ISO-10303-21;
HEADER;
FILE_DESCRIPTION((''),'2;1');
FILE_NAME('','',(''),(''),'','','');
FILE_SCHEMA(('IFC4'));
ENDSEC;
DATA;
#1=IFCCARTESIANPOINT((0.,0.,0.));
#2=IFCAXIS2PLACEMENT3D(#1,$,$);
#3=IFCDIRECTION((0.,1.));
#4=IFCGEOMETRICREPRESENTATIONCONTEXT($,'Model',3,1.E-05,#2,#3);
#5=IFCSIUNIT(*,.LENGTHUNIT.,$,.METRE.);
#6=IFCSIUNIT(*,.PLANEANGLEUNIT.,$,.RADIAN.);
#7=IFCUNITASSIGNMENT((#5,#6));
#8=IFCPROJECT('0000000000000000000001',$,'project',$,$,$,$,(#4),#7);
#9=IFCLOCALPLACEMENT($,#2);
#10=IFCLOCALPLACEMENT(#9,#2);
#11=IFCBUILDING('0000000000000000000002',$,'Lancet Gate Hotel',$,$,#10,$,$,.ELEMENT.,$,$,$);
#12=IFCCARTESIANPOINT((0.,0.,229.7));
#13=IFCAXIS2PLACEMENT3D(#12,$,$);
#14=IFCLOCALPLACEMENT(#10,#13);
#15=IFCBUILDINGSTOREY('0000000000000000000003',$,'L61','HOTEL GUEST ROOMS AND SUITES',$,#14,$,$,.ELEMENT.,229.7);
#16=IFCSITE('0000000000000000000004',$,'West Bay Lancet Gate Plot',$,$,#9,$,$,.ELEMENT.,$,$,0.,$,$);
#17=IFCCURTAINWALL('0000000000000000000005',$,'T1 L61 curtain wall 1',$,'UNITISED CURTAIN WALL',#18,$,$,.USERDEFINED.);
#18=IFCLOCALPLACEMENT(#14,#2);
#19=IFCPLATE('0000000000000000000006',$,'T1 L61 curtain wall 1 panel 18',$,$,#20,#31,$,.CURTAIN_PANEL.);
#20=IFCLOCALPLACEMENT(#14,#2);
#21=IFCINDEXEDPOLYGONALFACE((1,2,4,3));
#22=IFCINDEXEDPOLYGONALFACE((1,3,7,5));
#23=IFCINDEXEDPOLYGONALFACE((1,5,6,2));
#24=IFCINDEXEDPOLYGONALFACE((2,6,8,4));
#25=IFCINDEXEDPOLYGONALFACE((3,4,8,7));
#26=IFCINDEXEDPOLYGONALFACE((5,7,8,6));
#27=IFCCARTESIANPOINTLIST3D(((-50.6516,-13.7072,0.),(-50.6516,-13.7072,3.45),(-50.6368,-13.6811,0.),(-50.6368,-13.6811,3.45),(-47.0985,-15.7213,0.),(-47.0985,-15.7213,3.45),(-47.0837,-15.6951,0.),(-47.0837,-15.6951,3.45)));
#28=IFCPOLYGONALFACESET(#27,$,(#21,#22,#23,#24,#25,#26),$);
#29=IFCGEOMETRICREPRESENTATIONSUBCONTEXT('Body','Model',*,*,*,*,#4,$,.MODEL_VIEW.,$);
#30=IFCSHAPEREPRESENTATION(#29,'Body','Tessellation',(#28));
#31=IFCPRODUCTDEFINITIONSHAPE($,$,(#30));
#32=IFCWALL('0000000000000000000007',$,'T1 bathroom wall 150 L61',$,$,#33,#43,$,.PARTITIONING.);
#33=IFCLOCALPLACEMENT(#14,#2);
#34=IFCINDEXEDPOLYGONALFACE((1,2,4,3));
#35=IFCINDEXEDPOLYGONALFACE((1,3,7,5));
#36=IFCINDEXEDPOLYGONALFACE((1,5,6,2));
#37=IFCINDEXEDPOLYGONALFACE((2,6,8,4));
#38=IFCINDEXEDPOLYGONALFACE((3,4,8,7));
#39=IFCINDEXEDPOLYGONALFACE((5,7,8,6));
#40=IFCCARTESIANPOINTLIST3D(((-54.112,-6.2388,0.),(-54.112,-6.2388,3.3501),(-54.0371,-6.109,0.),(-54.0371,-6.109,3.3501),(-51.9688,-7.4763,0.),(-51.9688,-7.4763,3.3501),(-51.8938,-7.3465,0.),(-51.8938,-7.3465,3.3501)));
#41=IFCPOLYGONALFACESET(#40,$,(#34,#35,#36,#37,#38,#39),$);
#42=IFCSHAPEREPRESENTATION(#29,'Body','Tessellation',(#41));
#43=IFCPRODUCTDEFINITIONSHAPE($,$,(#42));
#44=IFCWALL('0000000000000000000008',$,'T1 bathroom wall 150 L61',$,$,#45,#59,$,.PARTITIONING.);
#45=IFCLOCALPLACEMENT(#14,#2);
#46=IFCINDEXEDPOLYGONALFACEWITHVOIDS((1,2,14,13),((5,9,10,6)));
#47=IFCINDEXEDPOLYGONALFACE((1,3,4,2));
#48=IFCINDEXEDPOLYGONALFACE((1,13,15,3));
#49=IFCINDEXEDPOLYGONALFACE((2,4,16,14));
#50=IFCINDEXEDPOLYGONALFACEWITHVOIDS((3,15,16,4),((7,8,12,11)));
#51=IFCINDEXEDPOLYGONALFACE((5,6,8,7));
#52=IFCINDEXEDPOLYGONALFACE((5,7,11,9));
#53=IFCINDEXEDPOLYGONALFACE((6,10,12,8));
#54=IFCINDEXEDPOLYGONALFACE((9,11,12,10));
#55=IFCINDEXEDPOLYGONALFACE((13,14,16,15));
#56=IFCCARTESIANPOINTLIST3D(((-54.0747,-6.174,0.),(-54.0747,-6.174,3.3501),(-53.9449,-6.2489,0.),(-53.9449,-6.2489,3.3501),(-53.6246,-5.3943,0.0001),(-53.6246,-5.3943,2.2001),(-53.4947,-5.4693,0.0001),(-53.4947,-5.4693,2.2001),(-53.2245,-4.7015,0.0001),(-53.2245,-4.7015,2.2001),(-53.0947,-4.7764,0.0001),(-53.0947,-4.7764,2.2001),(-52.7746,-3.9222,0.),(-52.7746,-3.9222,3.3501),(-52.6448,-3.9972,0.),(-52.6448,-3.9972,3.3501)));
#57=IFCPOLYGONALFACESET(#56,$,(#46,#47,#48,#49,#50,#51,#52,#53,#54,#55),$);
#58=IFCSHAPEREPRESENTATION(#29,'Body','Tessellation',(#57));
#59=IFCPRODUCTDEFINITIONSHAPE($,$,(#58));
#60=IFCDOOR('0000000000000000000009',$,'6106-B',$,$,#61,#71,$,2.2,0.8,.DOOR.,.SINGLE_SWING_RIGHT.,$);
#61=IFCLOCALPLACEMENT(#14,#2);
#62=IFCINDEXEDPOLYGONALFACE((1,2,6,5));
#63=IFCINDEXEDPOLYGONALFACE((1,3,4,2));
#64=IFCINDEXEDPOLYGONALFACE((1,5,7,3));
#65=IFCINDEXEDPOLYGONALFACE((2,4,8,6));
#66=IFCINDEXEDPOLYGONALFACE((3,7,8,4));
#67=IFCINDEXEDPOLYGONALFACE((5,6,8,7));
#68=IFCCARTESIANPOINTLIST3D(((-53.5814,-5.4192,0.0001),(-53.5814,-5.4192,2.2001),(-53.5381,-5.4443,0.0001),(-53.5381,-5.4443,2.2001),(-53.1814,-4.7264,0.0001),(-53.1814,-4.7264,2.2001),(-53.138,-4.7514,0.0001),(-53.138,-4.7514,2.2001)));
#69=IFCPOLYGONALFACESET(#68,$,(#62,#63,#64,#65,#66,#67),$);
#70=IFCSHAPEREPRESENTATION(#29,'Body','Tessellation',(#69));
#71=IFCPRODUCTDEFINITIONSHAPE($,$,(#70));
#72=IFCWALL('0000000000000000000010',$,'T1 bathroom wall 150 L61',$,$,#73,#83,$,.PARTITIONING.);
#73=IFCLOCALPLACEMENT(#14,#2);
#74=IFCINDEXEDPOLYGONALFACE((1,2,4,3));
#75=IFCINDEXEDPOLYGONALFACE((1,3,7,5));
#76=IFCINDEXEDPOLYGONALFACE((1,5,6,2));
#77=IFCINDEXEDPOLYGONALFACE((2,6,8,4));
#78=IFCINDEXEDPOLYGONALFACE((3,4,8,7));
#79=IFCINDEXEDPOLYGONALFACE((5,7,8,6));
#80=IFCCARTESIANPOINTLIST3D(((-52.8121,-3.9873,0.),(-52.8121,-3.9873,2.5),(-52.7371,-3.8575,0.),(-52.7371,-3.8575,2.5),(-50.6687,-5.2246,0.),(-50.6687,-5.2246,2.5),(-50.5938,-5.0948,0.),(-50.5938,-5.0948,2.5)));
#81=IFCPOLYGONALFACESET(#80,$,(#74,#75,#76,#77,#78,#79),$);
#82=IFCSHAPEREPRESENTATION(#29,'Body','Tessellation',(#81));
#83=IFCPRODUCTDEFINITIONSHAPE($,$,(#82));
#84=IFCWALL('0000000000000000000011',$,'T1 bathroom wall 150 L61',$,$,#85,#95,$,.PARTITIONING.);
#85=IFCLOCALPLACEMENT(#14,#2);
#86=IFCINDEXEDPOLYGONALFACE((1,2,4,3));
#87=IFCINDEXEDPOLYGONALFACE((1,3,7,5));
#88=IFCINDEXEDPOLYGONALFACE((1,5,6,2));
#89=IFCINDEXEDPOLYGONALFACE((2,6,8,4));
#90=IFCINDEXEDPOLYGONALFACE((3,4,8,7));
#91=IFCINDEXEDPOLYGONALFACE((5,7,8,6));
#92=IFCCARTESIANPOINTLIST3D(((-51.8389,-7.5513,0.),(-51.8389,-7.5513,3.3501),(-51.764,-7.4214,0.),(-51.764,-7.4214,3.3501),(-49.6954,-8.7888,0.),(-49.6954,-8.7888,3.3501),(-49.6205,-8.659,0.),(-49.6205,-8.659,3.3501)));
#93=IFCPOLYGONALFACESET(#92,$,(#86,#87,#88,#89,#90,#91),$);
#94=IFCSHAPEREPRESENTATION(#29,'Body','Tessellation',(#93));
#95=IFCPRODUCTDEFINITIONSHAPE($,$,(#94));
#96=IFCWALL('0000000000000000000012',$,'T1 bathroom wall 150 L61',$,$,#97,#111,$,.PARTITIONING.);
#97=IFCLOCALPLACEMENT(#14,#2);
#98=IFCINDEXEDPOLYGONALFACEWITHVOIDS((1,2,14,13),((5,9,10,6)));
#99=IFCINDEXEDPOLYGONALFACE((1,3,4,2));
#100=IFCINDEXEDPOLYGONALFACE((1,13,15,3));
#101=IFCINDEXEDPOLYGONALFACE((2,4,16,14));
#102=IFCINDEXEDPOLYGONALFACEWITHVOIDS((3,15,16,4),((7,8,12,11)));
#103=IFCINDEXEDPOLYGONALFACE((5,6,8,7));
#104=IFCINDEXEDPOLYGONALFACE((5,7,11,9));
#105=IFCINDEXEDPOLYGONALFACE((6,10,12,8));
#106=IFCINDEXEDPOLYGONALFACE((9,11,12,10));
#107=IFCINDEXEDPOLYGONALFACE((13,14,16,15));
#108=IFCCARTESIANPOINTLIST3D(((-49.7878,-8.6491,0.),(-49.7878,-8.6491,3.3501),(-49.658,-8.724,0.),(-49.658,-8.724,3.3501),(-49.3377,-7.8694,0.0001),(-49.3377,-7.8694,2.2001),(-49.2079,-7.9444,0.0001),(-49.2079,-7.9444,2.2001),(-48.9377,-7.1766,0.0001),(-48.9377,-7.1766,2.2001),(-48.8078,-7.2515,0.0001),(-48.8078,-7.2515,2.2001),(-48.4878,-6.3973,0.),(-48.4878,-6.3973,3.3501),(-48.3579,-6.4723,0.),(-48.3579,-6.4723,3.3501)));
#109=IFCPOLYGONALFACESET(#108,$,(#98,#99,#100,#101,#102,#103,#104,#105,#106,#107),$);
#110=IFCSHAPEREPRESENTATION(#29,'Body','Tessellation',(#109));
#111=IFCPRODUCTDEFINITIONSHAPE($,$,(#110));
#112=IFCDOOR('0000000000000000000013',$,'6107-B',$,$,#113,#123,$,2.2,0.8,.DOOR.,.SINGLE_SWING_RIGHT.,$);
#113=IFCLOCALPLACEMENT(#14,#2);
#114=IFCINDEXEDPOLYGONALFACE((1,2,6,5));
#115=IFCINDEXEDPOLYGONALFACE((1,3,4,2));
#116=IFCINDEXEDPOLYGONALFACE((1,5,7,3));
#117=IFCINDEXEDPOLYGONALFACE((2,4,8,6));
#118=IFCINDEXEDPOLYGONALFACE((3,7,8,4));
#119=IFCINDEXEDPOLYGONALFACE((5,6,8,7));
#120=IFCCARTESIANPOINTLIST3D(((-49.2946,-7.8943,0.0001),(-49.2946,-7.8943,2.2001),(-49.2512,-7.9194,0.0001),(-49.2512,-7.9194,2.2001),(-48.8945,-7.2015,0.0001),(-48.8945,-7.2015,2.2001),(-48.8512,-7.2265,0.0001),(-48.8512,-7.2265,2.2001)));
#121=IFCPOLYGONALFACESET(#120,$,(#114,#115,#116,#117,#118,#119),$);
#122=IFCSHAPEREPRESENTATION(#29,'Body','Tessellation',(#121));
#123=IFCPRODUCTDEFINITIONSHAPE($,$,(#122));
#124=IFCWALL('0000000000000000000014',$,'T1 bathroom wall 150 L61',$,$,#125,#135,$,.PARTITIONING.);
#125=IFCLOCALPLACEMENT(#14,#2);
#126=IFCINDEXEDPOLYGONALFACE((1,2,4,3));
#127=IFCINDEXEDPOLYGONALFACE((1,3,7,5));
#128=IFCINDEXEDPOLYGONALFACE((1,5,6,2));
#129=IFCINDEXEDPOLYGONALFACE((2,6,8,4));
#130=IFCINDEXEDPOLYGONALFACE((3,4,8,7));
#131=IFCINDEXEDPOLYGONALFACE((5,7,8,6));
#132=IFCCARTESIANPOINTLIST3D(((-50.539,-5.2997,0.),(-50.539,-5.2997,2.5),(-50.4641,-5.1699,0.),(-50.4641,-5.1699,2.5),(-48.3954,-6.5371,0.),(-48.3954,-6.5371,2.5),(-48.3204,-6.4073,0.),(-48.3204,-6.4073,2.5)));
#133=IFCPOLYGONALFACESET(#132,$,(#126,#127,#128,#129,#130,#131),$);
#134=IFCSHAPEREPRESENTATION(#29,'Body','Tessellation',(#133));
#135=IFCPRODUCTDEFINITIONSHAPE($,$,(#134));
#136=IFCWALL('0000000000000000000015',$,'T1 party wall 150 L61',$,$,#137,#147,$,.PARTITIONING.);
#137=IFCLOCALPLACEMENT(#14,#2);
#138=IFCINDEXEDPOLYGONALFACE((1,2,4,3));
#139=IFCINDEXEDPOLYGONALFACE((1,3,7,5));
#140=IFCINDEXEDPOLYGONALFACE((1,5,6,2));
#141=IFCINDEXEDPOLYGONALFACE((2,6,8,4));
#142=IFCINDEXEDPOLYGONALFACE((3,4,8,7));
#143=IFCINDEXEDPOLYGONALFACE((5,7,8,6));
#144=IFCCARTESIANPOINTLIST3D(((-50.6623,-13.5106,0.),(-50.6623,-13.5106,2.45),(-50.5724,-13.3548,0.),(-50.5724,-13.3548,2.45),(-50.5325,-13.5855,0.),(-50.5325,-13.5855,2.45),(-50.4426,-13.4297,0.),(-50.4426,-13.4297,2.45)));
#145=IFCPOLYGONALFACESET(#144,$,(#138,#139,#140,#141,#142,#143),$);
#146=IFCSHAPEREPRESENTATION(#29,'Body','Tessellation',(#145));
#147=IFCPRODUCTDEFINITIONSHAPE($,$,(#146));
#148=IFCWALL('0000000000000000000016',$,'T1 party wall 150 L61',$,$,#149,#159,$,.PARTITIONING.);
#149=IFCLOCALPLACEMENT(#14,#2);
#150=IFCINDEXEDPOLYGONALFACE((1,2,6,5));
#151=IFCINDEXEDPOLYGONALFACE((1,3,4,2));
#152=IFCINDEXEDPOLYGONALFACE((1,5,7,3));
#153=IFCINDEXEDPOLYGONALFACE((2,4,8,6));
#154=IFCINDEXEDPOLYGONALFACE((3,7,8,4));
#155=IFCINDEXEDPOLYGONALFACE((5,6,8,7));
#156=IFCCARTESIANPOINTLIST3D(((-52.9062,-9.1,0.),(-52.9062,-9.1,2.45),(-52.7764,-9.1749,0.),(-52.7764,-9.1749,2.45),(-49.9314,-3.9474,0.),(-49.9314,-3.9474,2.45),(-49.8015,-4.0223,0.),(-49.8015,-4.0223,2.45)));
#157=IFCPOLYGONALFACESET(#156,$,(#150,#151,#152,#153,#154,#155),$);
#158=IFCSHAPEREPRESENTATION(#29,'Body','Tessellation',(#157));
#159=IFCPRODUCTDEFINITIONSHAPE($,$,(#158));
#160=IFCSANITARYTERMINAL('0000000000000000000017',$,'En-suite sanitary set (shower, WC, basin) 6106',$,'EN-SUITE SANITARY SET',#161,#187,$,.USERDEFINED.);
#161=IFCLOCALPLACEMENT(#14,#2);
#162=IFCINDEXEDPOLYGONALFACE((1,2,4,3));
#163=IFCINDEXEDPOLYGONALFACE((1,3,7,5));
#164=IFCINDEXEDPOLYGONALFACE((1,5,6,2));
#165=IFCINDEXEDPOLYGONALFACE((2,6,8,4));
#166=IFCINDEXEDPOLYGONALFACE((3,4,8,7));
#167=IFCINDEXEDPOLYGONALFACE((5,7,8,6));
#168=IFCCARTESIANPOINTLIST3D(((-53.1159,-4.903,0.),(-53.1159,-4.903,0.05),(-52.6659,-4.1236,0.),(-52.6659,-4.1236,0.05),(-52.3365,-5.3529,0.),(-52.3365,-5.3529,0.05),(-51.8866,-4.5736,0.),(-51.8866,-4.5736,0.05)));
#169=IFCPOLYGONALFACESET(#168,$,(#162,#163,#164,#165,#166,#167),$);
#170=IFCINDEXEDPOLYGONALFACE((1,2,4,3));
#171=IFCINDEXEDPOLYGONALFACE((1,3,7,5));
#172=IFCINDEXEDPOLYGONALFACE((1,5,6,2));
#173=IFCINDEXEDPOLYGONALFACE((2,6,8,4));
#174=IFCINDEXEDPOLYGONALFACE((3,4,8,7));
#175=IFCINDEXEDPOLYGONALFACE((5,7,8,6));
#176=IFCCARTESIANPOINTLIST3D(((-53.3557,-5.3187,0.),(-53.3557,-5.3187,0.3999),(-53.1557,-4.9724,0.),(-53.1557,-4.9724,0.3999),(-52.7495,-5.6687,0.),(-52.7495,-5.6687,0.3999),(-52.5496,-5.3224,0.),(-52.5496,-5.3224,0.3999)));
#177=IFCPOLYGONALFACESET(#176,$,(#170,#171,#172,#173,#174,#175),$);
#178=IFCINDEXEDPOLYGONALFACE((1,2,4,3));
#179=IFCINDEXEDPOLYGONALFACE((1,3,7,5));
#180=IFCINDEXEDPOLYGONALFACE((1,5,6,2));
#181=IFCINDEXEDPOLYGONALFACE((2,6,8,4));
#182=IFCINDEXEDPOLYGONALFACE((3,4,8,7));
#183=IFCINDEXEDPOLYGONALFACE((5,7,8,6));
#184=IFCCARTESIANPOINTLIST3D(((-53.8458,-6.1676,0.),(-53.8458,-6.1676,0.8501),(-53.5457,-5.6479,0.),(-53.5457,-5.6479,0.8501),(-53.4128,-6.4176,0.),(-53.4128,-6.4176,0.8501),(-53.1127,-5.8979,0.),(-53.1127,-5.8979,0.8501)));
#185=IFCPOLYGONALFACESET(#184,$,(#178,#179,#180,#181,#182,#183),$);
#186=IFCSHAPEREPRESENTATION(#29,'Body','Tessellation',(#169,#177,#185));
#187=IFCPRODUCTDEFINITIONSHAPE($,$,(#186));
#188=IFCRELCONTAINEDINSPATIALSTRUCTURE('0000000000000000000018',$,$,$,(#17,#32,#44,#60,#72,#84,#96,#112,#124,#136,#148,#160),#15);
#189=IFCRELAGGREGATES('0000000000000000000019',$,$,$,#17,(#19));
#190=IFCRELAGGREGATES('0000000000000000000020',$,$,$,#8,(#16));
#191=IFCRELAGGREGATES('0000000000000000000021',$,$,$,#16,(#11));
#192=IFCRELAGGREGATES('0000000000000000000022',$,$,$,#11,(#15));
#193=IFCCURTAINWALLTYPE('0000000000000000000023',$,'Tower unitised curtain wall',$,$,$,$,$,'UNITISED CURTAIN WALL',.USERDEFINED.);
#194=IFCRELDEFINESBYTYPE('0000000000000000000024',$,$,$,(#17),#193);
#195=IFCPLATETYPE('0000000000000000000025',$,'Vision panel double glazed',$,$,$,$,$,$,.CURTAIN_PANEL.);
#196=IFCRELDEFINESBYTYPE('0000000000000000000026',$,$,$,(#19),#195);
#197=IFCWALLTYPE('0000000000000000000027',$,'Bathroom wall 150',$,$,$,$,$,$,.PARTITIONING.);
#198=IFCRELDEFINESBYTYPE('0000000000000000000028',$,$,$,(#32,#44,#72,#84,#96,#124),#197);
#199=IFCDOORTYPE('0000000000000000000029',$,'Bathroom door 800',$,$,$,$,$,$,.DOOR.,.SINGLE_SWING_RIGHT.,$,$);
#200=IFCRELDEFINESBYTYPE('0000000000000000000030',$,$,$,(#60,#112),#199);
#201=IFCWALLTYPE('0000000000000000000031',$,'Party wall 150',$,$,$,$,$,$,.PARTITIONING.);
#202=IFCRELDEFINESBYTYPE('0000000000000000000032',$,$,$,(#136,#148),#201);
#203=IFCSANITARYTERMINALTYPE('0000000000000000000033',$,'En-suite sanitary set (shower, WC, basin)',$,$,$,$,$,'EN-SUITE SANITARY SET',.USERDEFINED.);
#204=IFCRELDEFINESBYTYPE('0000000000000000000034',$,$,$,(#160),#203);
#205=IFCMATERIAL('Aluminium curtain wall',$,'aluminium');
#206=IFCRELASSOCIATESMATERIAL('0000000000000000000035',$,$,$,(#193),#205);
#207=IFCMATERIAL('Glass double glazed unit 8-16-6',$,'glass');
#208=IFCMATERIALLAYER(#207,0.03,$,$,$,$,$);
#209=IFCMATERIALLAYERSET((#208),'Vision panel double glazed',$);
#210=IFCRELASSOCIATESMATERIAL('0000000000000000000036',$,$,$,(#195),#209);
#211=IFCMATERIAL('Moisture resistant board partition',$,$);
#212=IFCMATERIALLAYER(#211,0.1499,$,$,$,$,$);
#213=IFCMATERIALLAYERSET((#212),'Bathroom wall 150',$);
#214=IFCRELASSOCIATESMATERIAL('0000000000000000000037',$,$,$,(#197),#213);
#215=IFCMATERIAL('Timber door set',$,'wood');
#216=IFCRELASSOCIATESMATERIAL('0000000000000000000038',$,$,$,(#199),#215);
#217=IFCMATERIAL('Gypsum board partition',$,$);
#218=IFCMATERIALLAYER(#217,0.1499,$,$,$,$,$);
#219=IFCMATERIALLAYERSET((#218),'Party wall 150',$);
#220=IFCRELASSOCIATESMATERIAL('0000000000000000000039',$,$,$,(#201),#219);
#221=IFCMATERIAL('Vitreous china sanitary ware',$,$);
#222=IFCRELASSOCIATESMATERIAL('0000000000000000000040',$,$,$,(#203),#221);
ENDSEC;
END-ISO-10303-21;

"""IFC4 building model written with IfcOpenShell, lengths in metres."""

from ifc_helpers import new_model, si_unit, direction, frame, frame_2d, origin, origin_2d, place, context, subcontext, project, spatial, rectangle, extrude, material, layer, layer_set, type_object, element, fill, aggregate, save


model = new_model("IFC4")

# Units and contexts
model_context = context("Model", 3, precision=1e-05, world=origin(), true_north=direction((0.0, 1.0)))
body_context = subcontext(model_context, "Body", "Model", "MODEL_VIEW")
ifc_project = project(units=[si_unit("LENGTHUNIT", "METRE"), si_unit("PLANEANGLEUNIT", "RADIAN")], contexts=[model_context])

# Site, building, storey
site_placement = place(None, origin())
site = spatial("IfcSite", under=ifc_project, at=site_placement, Name="West Bay Lancet Gate Plot", CompositionType="ELEMENT", RefElevation=0.0)
building_placement = place(site_placement, origin())
building = spatial("IfcBuilding", under=site, at=building_placement, Name="Lancet Gate Hotel", CompositionType="ELEMENT")
storey_placement = place(building_placement, frame((0.0, 0.0, 229.7)))
storey = spatial("IfcBuildingStorey", under=building, at=storey_placement, Name="L61", Description="HOTEL GUEST ROOMS AND SUITES", CompositionType="ELEMENT", Elevation=229.7)

# Curtain wall
ifc_material_1 = material(Name="Aluminium curtain wall", Category="aluminium")
curtain_wall_type = type_object("IfcCurtainWallType", Name="Tower unitised curtain wall", ElementType="UNITISED CURTAIN WALL", PredefinedType="USERDEFINED", material=ifc_material_1)
curtain_wall_placement = place(storey_placement, origin())
curtain_wall = element("IfcCurtainWall", 1, at=curtain_wall_placement, inside=storey, type_object=curtain_wall_type, Name="T1 L61 curtain wall 1", ObjectType="UNITISED CURTAIN WALL", PredefinedType="USERDEFINED")

# Plate
ifc_material_2 = material(Name="Glass double glazed unit 8-16-6", Category="glass")
ifc_layer_1 = layer(ifc_material_2, 0.03)
ifc_layer_set_1 = layer_set([ifc_layer_1], Name="Vision panel double glazed")
plate_type = type_object("IfcPlateType", Name="Vision panel double glazed", PredefinedType="CURTAIN_PANEL", material=ifc_layer_set_1)
plate_1_placement = place(storey_placement, frame((-48.8677, -14.7012, 0.0), z_axis=(0.0, 0.0, 1.0), x_axis=(0.869958, -0.493126, 0.0)))
plate_1 = element("IfcPlate", 2, at=plate_1_placement, type_object=plate_type, Name="T1 L61 curtain wall 1 panel 18", PredefinedType="CURTAIN_PANEL", context=body_context, shape_type="SweptSolid", body=[
    extrude(rectangle(XDim=4.0842, YDim=0.03, at=origin_2d()), origin(), (0.0, 0.0, 1.0), 3.45),
])
aggregate(curtain_wall, [plate_1])

# Wall
ifc_material_3 = material(Name="Moisture resistant board partition")
ifc_layer_2 = layer(ifc_material_3, 0.1499)
ifc_layer_set_2 = layer_set([ifc_layer_2], Name="Bathroom wall 150")
wall_type_1 = type_object("IfcWallType", Name="Bathroom wall 150", PredefinedType="PARTITIONING", material=ifc_layer_set_2)
wall_1_placement = place(storey_placement, frame((-51.9314, -7.4114, 0.0), z_axis=(0.0, 0.0, 1.0), x_axis=(-0.866007, 0.500033, 0.0)))
element("IfcWall", 3, at=wall_1_placement, inside=storey, type_object=wall_type_1, Name="T1 bathroom wall 150 L61", PredefinedType="PARTITIONING", context=body_context, shape_type="SweptSolid", body=[
    extrude(rectangle(XDim=2.4749, YDim=0.1499, at=frame_2d((1.2373, 0.0))), origin(), (0.0, 0.0, 1.0), 3.3501),
])

# Wall, opening, door
wall_2_placement = place(storey_placement, frame((-52.7097, -3.9597, 0.0), z_axis=(0.0, 0.0, 1.0), x_axis=(-0.500007, -0.866021, 0.0)))
wall_2 = element("IfcWall", 4, at=wall_2_placement, inside=storey, type_object=wall_type_1, Name="T1 bathroom wall 150 L61", PredefinedType="PARTITIONING", context=body_context, shape_type="SweptSolid", body=[
    extrude(rectangle(XDim=2.6001, YDim=0.1499, at=frame_2d((1.3, 0.0))), origin(), (0.0, 0.0, 1.0), 3.3501),
])
opening_1_placement = place(wall_2_placement, frame((0.8999, 0.0, 0.0)))
opening_1 = element("IfcOpeningElement", 5, at=opening_1_placement, cuts=wall_2, PredefinedType="OPENING", context=body_context, shape_type="SweptSolid", body=[
    extrude(rectangle(XDim=0.8, YDim=2.2, at=frame_2d((0.3999, 1.1001))), frame((0.0, 0.085, 0.0), z_axis=(0.0, -1.0, 0.0), x_axis=(1.0, 0.0, 0.0)), (0.0, 0.0, 1.0), 0.1699),
])
ifc_material_4 = material(Name="Timber door set", Category="wood")
door_type = type_object("IfcDoorType", Name="Bathroom door 800", OperationType="SINGLE_SWING_RIGHT", PredefinedType="DOOR", material=ifc_material_4)
door_1_placement = place(opening_1_placement, origin())
door_1 = element("IfcDoor", 6, at=door_1_placement, inside=storey, type_object=door_type, Name="6106-B", OperationType="SINGLE_SWING_RIGHT", OverallHeight=2.2, OverallWidth=0.8, PredefinedType="DOOR", context=body_context, shape_type="SweptSolid", body=[
    extrude(rectangle(XDim=0.8, YDim=2.2, at=frame_2d((0.3999, 1.1001))), frame((0.0, 0.0249, 0.0), z_axis=(0.0, -1.0, 0.0), x_axis=(1.0, 0.0, 0.0)), (0.0, 0.0, 1.0), 0.05),
])
fill(opening_1, door_1)

# Walls
wall_3_placement = place(storey_placement, frame((-50.6313, -5.1597, 0.0), z_axis=(0.0, 0.0, 1.0), x_axis=(-0.866049, 0.499959, 0.0)))
element("IfcWall", 7, at=wall_3_placement, inside=storey, type_object=wall_type_1, Name="T1 bathroom wall 150 L61", PredefinedType="PARTITIONING", context=body_context, shape_type="SweptSolid", body=[
    extrude(rectangle(XDim=2.4749, YDim=0.1499, at=frame_2d((1.2373, 0.0))), origin(), (0.0, 0.0, 1.0), 2.5),
])
wall_4_placement = place(storey_placement, frame((-49.658, -8.7239, 0.0), z_axis=(0.0, 0.0, 1.0), x_axis=(-0.866031, 0.49999, 0.0)))
element("IfcWall", 8, at=wall_4_placement, inside=storey, type_object=wall_type_1, Name="T1 bathroom wall 150 L61", PredefinedType="PARTITIONING", context=body_context, shape_type="SweptSolid", body=[
    extrude(rectangle(XDim=2.4751, YDim=0.1499, at=frame_2d((1.2375, 0.0))), origin(), (0.0, 0.0, 1.0), 3.3501),
])

# Wall, opening, door
wall_5_placement = place(storey_placement, frame((-48.4229, -6.4348, 0.0), z_axis=(0.0, 0.0, 1.0), x_axis=(-0.500007, -0.866021, 0.0)))
wall_5 = element("IfcWall", 9, at=wall_5_placement, inside=storey, type_object=wall_type_1, Name="T1 bathroom wall 150 L61", PredefinedType="PARTITIONING", context=body_context, shape_type="SweptSolid", body=[
    extrude(rectangle(XDim=2.6001, YDim=0.1499, at=frame_2d((1.3, 0.0))), origin(), (0.0, 0.0, 1.0), 3.3501),
])
opening_2_placement = place(wall_5_placement, frame((0.8999, 0.0, 0.0)))
opening_2 = element("IfcOpeningElement", 10, at=opening_2_placement, cuts=wall_5, PredefinedType="OPENING", context=body_context, shape_type="SweptSolid", body=[
    extrude(rectangle(XDim=0.8, YDim=2.2, at=frame_2d((0.3999, 1.1001))), frame((0.0, 0.085, 0.0), z_axis=(0.0, -1.0, 0.0), x_axis=(1.0, 0.0, 0.0)), (0.0, 0.0, 1.0), 0.1699),
])
door_2_placement = place(opening_2_placement, origin())
door_2 = element("IfcDoor", 11, at=door_2_placement, inside=storey, type_object=door_type, Name="6107-B", OperationType="SINGLE_SWING_RIGHT", OverallHeight=2.2, OverallWidth=0.8, PredefinedType="DOOR", context=body_context, shape_type="SweptSolid", body=[
    extrude(rectangle(XDim=0.8, YDim=2.2, at=frame_2d((0.3999, 1.1001))), frame((0.0, 0.0249, 0.0), z_axis=(0.0, -1.0, 0.0), x_axis=(1.0, 0.0, 0.0)), (0.0, 0.0, 1.0), 0.05),
])
fill(opening_2, door_2)

# Walls
wall_6_placement = place(storey_placement, frame((-48.3579, -6.4722, 0.0), z_axis=(0.0, 0.0, 1.0), x_axis=(-0.866074, 0.499916, 0.0)))
element("IfcWall", 12, at=wall_6_placement, inside=storey, type_object=wall_type_1, Name="T1 bathroom wall 150 L61", PredefinedType="PARTITIONING", context=body_context, shape_type="SweptSolid", body=[
    extrude(rectangle(XDim=2.4751, YDim=0.1499, at=frame_2d((1.2375, 0.0))), origin(), (0.0, 0.0, 1.0), 2.5),
])
ifc_material_5 = material(Name="Gypsum board partition")
ifc_layer_3 = layer(ifc_material_5, 0.1499)
ifc_layer_set_3 = layer_set([ifc_layer_3], Name="Party wall 150")
wall_type_2 = type_object("IfcWallType", Name="Party wall 150", PredefinedType="PARTITIONING", material=ifc_layer_set_3)
wall_7_placement = place(storey_placement, frame((-50.5076, -13.3923, 0.0), z_axis=(0.0, 0.0, 1.0), x_axis=(-0.499644, -0.866231, 0.0)))
element("IfcWall", 13, at=wall_7_placement, inside=storey, type_object=wall_type_2, Name="T1 party wall 150 L61", PredefinedType="PARTITIONING", context=body_context, shape_type="SweptSolid", body=[
    extrude(rectangle(XDim=0.1799, YDim=0.1499, at=frame_2d((0.0898, 0.0))), origin(), (0.0, 0.0, 1.0), 2.45),
])
wall_8_placement = place(storey_placement, frame((-49.8665, -3.9849, 0.0), z_axis=(0.0, 0.0, 1.0), x_axis=(-0.500001, -0.866025, 0.0)))
element("IfcWall", 14, at=wall_8_placement, inside=storey, type_object=wall_type_2, Name="T1 party wall 150 L61", PredefinedType="PARTITIONING", context=body_context, shape_type="SweptSolid", body=[
    extrude(rectangle(XDim=5.9497, YDim=0.1499, at=frame_2d((2.9749, 0.0))), origin(), (0.0, 0.0, 1.0), 2.45),
])

# Sanitary terminal
ifc_material_6 = material(Name="Vitreous china sanitary ware")
sanitary_terminal_type = type_object("IfcSanitaryTerminalType", Name="En-suite sanitary set (shower, WC, basin)", ElementType="EN-SUITE SANITARY SET", PredefinedType="USERDEFINED", material=ifc_material_6)
sanitary_terminal_1_placement = place(storey_placement, frame((-52.5012, -4.7383, 0.0), z_axis=(0.0, 0.0, 1.0), x_axis=(1.0, 0.0, 0.0)))
element("IfcSanitaryTerminal", 15, at=sanitary_terminal_1_placement, inside=storey, type_object=sanitary_terminal_type, Name="En-suite sanitary set (shower, WC, basin) 6106", ObjectType="EN-SUITE SANITARY SET", PredefinedType="USERDEFINED", context=body_context, shape_type="SweptSolid", body=[
    extrude(rectangle(XDim=0.8999, YDim=0.8999, at=origin_2d()), frame((0.0, 0.0, 0.0), z_axis=(0.0, 0.0, 1.0), x_axis=(0.5, 0.866025, 0.0)), (0.0, 0.0, 1.0), 0.05),
    extrude(rectangle(XDim=0.3999, YDim=0.7, at=origin_2d()), frame((-0.4514, -0.5823, 0.0), z_axis=(0.0, 0.0, 1.0), x_axis=(0.5, 0.866025, 0.0)), (0.0, 0.0, 1.0), 0.3999),
    extrude(rectangle(XDim=0.6001, YDim=0.5, at=origin_2d()), frame((-0.978, -1.2944, 0.0), z_axis=(0.0, 0.0, 1.0), x_axis=(0.5, 0.866025, 0.0)), (0.0, 0.0, 1.0), 0.8501),
])

save(model, "model.ifc")
